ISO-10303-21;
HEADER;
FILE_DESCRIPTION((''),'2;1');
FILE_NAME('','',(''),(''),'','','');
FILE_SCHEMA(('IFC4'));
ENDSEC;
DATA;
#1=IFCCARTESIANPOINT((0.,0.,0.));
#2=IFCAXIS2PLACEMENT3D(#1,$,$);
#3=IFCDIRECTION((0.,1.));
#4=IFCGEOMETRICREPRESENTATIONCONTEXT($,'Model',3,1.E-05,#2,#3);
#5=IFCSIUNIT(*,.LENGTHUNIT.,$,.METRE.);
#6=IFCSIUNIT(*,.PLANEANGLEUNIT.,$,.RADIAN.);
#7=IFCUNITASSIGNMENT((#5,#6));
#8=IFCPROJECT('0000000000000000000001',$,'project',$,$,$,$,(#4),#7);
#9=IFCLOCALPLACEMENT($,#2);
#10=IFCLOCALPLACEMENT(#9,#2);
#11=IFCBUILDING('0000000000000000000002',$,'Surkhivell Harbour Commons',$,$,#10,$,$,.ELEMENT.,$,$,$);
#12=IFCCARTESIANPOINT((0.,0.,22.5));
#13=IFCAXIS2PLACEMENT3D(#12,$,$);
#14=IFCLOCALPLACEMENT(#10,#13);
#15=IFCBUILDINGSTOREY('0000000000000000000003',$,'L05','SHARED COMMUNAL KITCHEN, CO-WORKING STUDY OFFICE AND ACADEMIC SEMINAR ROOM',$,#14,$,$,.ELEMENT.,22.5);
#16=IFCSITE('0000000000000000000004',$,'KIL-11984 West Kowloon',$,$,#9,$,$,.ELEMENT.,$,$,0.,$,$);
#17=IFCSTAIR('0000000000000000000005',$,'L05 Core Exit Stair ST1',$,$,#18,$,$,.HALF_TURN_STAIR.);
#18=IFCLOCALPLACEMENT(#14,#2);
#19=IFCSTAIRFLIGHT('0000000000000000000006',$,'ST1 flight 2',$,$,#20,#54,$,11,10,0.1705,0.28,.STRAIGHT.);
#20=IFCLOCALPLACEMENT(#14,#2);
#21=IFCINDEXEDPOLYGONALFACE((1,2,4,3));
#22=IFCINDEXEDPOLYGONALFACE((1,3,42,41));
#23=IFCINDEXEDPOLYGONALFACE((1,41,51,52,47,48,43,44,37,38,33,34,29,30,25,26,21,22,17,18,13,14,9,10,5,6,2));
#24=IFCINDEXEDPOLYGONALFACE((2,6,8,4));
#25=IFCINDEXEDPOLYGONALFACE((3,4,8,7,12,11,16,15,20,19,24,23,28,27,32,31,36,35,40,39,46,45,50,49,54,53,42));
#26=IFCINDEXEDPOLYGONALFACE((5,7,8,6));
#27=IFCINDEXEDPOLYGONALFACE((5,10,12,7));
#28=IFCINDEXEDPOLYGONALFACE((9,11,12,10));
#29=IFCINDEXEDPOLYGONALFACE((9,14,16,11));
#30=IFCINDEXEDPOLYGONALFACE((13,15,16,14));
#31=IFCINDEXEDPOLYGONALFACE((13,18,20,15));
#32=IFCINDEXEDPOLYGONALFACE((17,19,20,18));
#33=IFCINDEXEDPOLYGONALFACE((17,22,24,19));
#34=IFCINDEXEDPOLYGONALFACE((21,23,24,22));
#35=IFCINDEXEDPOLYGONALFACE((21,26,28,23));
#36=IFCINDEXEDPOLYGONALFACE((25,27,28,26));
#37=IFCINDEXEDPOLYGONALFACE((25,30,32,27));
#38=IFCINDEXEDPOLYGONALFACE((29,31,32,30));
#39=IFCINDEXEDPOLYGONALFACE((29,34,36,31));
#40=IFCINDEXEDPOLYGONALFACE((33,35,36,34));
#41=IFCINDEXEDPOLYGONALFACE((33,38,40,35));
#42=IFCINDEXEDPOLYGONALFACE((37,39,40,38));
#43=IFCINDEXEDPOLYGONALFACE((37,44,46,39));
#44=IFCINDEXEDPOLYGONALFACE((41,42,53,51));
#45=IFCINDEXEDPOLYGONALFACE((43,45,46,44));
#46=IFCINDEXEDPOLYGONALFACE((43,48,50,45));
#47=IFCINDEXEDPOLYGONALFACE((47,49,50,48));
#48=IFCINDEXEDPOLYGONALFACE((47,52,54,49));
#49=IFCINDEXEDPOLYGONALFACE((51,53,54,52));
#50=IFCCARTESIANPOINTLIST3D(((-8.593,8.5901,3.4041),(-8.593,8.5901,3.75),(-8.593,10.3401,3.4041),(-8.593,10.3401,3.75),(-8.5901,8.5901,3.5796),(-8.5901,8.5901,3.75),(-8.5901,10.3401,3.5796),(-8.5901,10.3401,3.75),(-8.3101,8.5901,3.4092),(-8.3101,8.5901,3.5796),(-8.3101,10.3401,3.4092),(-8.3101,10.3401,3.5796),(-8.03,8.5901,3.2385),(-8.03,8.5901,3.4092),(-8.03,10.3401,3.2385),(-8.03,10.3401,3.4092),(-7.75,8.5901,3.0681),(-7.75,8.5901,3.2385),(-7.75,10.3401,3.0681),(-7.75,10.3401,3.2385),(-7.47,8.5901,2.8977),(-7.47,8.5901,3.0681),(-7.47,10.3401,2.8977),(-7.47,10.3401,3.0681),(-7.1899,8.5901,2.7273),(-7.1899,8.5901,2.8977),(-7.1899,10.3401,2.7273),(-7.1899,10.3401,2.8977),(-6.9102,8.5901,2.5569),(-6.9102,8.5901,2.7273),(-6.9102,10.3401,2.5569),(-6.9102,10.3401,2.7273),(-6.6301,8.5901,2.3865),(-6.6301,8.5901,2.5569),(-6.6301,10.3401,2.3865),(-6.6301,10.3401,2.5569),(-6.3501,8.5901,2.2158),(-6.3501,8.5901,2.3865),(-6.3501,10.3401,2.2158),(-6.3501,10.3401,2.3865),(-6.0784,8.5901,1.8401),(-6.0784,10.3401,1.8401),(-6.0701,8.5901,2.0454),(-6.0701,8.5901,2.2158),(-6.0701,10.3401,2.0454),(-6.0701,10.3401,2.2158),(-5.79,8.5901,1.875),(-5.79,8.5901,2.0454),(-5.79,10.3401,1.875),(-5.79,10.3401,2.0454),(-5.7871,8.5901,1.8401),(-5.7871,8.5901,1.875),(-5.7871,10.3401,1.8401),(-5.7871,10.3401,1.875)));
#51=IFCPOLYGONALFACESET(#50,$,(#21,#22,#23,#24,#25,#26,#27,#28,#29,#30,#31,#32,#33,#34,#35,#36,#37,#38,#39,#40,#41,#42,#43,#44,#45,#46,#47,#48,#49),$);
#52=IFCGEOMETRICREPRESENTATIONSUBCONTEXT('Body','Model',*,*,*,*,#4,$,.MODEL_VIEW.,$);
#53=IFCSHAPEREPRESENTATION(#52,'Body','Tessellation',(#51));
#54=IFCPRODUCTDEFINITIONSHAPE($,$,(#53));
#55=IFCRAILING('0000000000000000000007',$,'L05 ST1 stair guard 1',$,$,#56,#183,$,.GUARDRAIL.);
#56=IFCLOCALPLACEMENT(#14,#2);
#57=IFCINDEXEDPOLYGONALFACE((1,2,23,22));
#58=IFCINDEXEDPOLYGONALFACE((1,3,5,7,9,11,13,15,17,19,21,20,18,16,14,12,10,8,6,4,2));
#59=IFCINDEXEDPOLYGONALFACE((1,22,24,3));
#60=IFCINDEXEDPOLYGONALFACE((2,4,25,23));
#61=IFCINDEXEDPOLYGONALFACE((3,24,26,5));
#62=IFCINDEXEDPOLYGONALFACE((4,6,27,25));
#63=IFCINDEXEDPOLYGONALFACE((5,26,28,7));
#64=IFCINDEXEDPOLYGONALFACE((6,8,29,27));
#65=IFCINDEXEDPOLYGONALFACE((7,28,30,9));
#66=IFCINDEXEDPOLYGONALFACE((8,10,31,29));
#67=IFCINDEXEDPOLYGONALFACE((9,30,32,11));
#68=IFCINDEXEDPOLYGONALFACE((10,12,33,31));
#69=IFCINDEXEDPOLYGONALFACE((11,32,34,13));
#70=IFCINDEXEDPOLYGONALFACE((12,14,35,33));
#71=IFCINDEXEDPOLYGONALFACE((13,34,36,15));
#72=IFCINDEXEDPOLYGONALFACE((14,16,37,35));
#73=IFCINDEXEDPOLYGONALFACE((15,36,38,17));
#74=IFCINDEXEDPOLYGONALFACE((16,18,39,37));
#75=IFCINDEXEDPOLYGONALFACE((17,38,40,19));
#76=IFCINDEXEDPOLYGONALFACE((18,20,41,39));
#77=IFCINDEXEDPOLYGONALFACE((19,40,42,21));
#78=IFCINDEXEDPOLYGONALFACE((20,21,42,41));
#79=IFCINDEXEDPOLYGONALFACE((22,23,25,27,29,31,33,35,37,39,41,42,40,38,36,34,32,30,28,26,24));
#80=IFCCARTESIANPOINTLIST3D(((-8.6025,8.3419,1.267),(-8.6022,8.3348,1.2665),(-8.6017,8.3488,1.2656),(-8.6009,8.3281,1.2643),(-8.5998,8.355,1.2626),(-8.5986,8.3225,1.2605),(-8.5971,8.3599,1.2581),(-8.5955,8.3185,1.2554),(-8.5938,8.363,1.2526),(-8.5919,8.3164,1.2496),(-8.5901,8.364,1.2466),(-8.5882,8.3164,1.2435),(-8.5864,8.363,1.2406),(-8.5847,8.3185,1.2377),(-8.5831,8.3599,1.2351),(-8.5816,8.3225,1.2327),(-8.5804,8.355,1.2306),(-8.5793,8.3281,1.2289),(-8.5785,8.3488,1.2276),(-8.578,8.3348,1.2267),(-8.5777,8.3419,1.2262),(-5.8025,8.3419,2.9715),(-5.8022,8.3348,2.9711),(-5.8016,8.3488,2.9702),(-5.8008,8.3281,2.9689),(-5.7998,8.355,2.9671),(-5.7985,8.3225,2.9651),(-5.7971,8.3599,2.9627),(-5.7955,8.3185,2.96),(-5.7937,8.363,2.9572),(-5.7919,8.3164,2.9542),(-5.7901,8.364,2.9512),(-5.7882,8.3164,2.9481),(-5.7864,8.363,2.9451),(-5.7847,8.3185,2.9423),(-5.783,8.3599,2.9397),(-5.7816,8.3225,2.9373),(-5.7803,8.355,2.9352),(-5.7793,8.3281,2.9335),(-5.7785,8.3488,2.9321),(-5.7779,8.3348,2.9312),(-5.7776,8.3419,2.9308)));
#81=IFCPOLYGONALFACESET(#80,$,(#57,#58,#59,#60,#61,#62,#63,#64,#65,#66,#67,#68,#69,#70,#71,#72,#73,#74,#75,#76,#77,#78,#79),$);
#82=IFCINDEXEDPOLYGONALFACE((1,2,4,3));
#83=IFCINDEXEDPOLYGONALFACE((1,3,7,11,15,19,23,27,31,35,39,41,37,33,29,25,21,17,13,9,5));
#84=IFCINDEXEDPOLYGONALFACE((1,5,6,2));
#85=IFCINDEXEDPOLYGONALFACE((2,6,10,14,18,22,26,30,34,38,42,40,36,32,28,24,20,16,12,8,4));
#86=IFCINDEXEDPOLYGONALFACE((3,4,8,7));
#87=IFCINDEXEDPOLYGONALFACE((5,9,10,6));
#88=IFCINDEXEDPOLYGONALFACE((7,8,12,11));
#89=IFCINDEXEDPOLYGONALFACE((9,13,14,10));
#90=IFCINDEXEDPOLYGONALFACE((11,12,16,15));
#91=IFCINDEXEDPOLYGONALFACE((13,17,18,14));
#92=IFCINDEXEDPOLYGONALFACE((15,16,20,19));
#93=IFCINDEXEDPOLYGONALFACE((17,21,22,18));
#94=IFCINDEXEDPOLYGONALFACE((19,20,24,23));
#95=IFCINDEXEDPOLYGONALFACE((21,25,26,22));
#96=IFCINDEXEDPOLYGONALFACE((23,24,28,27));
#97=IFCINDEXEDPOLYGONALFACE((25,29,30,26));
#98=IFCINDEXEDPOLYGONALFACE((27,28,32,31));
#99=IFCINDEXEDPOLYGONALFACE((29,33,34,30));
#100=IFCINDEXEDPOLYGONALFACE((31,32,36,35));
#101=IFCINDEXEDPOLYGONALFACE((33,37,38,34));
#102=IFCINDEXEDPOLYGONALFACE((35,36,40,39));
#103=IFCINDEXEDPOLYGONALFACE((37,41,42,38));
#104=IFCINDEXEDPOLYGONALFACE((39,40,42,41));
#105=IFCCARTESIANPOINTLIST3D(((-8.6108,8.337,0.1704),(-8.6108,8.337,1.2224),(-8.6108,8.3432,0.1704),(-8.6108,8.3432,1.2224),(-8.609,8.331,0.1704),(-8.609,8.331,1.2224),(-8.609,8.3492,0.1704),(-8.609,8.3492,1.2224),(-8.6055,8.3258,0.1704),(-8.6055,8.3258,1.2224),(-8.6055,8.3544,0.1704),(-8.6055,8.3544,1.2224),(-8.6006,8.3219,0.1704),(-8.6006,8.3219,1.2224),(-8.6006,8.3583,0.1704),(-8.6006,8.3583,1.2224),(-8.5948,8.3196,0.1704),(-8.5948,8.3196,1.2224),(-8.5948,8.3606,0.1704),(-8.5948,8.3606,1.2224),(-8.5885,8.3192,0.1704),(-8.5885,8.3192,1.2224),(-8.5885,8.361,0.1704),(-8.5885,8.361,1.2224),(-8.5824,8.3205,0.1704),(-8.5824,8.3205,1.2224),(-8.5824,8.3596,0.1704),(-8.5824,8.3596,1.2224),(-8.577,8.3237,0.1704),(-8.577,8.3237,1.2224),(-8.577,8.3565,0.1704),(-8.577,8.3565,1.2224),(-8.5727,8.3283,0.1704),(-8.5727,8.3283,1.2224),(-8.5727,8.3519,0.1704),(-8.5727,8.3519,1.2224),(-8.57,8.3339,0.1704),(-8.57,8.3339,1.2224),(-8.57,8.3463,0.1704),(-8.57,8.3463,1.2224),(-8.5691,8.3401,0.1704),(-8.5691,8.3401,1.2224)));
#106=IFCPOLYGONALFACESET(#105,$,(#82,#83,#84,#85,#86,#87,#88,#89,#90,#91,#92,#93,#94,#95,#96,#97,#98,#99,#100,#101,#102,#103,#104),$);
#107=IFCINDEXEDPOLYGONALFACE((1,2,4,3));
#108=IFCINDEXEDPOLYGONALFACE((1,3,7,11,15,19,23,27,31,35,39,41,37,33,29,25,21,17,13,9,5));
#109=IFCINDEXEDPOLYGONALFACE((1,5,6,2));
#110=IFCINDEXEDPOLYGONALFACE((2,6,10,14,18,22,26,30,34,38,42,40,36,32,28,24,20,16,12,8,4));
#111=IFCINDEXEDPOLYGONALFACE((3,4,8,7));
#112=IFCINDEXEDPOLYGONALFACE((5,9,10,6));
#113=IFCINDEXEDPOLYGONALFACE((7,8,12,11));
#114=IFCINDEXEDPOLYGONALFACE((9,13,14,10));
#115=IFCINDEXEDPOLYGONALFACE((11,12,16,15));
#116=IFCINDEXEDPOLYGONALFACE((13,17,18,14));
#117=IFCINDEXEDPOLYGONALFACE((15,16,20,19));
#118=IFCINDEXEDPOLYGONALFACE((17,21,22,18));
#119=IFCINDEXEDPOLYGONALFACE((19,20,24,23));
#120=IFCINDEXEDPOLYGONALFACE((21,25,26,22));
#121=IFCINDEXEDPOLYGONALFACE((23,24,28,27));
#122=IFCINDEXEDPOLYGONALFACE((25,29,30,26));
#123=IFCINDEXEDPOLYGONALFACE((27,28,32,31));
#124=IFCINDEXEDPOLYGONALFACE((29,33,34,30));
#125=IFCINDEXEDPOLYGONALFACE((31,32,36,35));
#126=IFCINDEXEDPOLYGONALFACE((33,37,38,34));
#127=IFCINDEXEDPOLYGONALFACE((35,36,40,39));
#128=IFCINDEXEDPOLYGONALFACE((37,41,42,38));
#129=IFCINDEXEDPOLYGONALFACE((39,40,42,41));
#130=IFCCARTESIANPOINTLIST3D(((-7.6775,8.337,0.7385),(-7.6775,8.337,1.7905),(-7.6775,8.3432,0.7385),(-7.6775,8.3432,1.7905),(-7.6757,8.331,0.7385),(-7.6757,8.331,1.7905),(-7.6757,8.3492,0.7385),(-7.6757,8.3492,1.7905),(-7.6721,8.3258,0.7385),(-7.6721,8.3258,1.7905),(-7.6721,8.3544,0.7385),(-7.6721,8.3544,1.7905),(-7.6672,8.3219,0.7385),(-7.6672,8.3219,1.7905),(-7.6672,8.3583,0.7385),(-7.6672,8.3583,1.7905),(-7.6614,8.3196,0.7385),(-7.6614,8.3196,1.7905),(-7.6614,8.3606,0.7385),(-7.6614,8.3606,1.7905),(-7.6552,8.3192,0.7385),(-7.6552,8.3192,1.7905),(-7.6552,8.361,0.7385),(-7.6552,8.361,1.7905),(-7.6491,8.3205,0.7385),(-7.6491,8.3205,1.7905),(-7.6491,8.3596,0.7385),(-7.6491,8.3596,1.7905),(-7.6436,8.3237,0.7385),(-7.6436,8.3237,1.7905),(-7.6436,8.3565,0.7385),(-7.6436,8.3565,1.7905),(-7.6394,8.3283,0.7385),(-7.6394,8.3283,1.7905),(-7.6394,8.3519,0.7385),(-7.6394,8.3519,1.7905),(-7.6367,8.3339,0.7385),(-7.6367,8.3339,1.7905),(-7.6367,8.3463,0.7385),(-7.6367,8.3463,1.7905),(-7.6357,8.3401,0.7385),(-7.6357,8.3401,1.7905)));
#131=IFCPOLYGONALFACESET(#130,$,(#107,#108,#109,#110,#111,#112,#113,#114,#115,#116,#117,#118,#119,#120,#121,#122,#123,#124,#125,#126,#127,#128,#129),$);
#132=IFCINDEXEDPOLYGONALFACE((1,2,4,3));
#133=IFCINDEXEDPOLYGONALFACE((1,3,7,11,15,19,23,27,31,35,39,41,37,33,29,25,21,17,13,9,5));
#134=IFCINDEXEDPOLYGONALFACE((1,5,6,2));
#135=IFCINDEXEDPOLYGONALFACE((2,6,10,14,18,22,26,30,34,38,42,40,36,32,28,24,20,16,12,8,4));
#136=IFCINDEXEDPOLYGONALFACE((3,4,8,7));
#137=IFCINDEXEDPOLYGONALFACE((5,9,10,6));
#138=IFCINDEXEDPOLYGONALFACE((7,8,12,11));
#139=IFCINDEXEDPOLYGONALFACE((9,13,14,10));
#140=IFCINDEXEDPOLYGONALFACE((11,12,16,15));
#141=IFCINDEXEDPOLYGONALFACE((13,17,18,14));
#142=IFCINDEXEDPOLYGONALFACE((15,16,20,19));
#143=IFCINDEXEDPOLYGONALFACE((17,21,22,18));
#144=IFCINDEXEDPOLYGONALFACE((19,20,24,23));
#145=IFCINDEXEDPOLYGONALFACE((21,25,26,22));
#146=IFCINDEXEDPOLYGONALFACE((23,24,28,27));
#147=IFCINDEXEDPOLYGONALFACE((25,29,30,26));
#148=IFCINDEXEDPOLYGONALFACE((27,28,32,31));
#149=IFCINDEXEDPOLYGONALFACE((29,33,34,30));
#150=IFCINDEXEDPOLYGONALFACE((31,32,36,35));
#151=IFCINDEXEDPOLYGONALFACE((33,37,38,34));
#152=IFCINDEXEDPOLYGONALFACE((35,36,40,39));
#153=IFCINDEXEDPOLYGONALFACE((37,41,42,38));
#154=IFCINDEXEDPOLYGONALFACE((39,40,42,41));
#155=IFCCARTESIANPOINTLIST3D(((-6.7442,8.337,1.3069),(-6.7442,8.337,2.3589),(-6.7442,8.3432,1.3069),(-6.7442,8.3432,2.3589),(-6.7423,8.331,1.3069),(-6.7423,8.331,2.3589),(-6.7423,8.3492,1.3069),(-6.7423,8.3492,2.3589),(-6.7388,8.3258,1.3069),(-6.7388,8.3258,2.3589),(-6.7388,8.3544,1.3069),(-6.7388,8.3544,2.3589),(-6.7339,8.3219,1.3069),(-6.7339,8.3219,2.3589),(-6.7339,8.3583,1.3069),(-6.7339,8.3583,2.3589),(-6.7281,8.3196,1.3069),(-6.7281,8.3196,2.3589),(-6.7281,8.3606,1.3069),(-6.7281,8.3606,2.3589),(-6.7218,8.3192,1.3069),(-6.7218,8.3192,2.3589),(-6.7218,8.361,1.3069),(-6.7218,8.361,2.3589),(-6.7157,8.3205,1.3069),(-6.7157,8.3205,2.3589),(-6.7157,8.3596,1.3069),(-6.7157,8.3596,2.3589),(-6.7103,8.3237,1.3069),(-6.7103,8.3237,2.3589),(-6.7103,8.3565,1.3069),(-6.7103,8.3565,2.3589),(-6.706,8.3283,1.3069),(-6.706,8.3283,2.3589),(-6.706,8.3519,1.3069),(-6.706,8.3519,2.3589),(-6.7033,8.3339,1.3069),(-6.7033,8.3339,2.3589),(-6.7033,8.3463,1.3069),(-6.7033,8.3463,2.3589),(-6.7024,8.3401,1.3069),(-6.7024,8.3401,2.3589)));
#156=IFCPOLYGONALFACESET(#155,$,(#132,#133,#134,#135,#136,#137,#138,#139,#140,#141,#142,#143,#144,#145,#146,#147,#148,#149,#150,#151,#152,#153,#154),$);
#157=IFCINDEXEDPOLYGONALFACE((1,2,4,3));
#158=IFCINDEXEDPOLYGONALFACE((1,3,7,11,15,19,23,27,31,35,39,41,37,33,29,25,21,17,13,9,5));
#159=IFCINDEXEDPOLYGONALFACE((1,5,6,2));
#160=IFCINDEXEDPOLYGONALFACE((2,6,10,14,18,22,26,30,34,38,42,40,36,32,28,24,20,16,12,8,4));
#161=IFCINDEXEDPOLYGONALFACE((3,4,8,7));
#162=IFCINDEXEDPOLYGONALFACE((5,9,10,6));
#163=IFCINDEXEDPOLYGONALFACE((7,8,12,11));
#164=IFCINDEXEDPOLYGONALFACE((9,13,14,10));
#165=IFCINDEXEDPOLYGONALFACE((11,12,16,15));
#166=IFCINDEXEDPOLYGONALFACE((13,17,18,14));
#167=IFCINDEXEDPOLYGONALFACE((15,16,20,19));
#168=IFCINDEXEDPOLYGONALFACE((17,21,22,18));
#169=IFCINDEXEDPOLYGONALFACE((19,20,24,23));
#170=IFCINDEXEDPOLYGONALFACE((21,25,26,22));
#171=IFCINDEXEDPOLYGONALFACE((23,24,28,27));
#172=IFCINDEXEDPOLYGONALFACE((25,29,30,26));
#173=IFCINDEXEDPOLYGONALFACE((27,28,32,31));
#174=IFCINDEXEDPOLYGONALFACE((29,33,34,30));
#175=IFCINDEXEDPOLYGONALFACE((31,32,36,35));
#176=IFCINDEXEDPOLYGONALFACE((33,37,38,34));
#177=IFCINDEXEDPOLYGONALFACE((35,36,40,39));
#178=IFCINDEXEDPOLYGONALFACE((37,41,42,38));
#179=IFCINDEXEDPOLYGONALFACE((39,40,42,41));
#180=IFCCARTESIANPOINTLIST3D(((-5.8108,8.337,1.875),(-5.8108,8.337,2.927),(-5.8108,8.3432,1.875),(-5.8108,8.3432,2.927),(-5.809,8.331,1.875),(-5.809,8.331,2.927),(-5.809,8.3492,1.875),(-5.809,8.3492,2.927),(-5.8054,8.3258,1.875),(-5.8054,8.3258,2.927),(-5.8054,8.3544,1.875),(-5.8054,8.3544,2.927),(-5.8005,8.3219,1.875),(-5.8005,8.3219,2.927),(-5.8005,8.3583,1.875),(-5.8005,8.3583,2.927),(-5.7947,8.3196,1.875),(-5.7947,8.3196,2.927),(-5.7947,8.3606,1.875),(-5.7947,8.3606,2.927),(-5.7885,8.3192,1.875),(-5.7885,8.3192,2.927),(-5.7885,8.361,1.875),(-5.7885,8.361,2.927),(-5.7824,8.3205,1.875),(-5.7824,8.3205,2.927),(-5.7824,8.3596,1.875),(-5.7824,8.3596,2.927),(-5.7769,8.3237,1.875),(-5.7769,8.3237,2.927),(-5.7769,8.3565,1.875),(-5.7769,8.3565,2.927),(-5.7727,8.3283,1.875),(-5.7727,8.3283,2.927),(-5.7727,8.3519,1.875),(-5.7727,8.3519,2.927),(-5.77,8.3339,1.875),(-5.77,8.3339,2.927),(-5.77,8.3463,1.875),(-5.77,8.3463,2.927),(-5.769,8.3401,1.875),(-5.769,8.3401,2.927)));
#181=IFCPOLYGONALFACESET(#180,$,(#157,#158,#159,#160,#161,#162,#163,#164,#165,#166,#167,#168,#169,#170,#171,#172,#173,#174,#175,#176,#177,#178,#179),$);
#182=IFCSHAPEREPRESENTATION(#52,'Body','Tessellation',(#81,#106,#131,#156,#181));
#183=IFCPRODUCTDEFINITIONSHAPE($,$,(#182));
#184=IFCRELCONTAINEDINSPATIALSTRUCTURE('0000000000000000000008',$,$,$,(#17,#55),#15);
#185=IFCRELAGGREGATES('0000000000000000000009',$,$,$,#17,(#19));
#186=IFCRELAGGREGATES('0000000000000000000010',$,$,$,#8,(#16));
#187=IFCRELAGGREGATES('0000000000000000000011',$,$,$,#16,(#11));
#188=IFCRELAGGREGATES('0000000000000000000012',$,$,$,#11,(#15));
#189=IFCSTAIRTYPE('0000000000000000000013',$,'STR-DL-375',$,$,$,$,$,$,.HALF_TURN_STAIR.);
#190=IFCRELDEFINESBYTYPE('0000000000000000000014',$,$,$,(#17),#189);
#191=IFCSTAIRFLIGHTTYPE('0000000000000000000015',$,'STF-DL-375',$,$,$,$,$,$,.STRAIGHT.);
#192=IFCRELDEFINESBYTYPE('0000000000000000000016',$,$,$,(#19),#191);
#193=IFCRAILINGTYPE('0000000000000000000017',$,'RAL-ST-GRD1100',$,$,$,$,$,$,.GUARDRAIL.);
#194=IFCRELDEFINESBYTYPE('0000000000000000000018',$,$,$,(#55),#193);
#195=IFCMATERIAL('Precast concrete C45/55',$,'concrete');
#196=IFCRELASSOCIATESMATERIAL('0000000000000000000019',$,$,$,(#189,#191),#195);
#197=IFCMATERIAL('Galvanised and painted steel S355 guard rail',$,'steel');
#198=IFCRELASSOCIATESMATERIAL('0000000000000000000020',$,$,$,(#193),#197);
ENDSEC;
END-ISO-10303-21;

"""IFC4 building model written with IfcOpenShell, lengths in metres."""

from ifc_helpers import new_model, si_unit, direction, frame, origin, origin_2d, place, context, subcontext, project, spatial, polyline, circle, outline, extrude, material, type_object, element, aggregate, save


model = new_model("IFC4")

# Units and contexts
model_context = context("Model", 3, precision=1e-05, world=origin(), true_north=direction((0.0, 1.0)))
body_context = subcontext(model_context, "Body", "Model", "MODEL_VIEW")
ifc_project = project(units=[si_unit("LENGTHUNIT", "METRE"), si_unit("PLANEANGLEUNIT", "RADIAN")], contexts=[model_context])

# Site, building, storey
site_placement = place(None, origin())
site = spatial("IfcSite", under=ifc_project, at=site_placement, Name="KIL-11984 West Kowloon", CompositionType="ELEMENT", RefElevation=0.0)
building_placement = place(site_placement, origin())
building = spatial("IfcBuilding", under=site, at=building_placement, Name="Surkhivell Harbour Commons", CompositionType="ELEMENT")
storey_placement = place(building_placement, frame((0.0, 0.0, 22.5)))
storey = spatial("IfcBuildingStorey", under=building, at=storey_placement, Name="L05", Description="SHARED COMMUNAL KITCHEN, CO-WORKING STUDY OFFICE AND ACADEMIC SEMINAR ROOM", CompositionType="ELEMENT", Elevation=22.5)

# Stair, stair flight
ifc_material_1 = material(Name="Precast concrete C45/55", Category="concrete")
stair_type = type_object("IfcStairType", Name="STR-DL-375", PredefinedType="HALF_TURN_STAIR", material=ifc_material_1)
stair_placement = place(storey_placement, origin())
stair = element("IfcStair", 1, at=stair_placement, inside=storey, type_object=stair_type, Name="L05 Core Exit Stair ST1", PredefinedType="HALF_TURN_STAIR")
stair_flight_type = type_object("IfcStairFlightType", Name="STF-DL-375", PredefinedType="STRAIGHT", material=ifc_material_1)
stair_flight_1_placement = place(storey_placement, frame((-5.79, 9.4651, 1.875), z_axis=(0.0, 0.0, 1.0), x_axis=(-1.0, 0.0, 0.0)))
stair_flight_1 = element("IfcStairFlight", 2, at=stair_flight_1_placement, type_object=stair_flight_type, Name="ST1 flight 2", NumberOfRisers=11, NumberOfTreads=10, PredefinedType="STRAIGHT", RiserHeight=0.1705, TreadLength=0.28, context=body_context, shape_type="SweptSolid", body=[
    extrude(outline(polyline([(-0.0029, -0.0349), (-0.0029, 0.0), (0.0, 0.0), (0.0, 0.1704), (0.28, 0.1704), (0.28, 0.3408), (0.5601, 0.3408), (0.5601, 0.5115), (0.8401, 0.5115), (0.8401, 0.6819), (1.1201, 0.6819), (1.1201, 0.8523), (1.3999, 0.8523), (1.3999, 1.0227), (1.6799, 1.0227), (1.6799, 1.1931), (1.96, 1.1931), (1.96, 1.3635), (2.24, 1.3635), (2.24, 1.5342), (2.52, 1.5342), (2.52, 1.7046), (2.8, 1.7046), (2.8, 1.875), (2.803, 1.875), (2.803, 1.5291), (0.2883, -0.0349), (-0.0029, -0.0349)])), frame((0.0, 0.875, 0.0), z_axis=(0.0, -1.0, 0.0), x_axis=(1.0, 0.0, 0.0)), (0.0, 0.0, 1.0), 1.75),
])
aggregate(stair, [stair_flight_1])

# Railing
ifc_material_2 = material(Name="Galvanised and painted steel S355 guard rail", Category="steel")
railing_type_1 = type_object("IfcRailingType", Name="RAL-ST-GRD1100", PredefinedType="GUARDRAIL", material=ifc_material_2)
railing_1_placement = place(storey_placement, frame((-8.5901, 8.3401, 0.1704)))
element("IfcRailing", 3, at=railing_1_placement, inside=storey, type_object=railing_type_1, Name="L05 ST1 stair guard 1", PredefinedType="GUARDRAIL", context=body_context, shape_type="SweptSolid", body=[
    extrude(circle(Radius=0.0239, at=origin_2d()), frame((0.0, 0.0, 1.0762), z_axis=(0.85417, 0.0, 0.519994), x_axis=(0.0, 1.0, 0.0)), (0.0, 0.0, 1.0), 3.2781),
    extrude(circle(Radius=0.021, at=origin_2d()), origin(), (0.0, 0.0, 1.0), 1.052),
    extrude(circle(Radius=0.021, at=origin_2d()), frame((0.9333, 0.0, 0.5681)), (0.0, 0.0, 1.0), 1.052),
    extrude(circle(Radius=0.021, at=origin_2d()), frame((1.8667, 0.0, 1.1365)), (0.0, 0.0, 1.0), 1.052),
    extrude(circle(Radius=0.021, at=origin_2d()), frame((2.8, 0.0, 1.7046)), (0.0, 0.0, 1.0), 1.052),
])

save(model, "model.ifc")
